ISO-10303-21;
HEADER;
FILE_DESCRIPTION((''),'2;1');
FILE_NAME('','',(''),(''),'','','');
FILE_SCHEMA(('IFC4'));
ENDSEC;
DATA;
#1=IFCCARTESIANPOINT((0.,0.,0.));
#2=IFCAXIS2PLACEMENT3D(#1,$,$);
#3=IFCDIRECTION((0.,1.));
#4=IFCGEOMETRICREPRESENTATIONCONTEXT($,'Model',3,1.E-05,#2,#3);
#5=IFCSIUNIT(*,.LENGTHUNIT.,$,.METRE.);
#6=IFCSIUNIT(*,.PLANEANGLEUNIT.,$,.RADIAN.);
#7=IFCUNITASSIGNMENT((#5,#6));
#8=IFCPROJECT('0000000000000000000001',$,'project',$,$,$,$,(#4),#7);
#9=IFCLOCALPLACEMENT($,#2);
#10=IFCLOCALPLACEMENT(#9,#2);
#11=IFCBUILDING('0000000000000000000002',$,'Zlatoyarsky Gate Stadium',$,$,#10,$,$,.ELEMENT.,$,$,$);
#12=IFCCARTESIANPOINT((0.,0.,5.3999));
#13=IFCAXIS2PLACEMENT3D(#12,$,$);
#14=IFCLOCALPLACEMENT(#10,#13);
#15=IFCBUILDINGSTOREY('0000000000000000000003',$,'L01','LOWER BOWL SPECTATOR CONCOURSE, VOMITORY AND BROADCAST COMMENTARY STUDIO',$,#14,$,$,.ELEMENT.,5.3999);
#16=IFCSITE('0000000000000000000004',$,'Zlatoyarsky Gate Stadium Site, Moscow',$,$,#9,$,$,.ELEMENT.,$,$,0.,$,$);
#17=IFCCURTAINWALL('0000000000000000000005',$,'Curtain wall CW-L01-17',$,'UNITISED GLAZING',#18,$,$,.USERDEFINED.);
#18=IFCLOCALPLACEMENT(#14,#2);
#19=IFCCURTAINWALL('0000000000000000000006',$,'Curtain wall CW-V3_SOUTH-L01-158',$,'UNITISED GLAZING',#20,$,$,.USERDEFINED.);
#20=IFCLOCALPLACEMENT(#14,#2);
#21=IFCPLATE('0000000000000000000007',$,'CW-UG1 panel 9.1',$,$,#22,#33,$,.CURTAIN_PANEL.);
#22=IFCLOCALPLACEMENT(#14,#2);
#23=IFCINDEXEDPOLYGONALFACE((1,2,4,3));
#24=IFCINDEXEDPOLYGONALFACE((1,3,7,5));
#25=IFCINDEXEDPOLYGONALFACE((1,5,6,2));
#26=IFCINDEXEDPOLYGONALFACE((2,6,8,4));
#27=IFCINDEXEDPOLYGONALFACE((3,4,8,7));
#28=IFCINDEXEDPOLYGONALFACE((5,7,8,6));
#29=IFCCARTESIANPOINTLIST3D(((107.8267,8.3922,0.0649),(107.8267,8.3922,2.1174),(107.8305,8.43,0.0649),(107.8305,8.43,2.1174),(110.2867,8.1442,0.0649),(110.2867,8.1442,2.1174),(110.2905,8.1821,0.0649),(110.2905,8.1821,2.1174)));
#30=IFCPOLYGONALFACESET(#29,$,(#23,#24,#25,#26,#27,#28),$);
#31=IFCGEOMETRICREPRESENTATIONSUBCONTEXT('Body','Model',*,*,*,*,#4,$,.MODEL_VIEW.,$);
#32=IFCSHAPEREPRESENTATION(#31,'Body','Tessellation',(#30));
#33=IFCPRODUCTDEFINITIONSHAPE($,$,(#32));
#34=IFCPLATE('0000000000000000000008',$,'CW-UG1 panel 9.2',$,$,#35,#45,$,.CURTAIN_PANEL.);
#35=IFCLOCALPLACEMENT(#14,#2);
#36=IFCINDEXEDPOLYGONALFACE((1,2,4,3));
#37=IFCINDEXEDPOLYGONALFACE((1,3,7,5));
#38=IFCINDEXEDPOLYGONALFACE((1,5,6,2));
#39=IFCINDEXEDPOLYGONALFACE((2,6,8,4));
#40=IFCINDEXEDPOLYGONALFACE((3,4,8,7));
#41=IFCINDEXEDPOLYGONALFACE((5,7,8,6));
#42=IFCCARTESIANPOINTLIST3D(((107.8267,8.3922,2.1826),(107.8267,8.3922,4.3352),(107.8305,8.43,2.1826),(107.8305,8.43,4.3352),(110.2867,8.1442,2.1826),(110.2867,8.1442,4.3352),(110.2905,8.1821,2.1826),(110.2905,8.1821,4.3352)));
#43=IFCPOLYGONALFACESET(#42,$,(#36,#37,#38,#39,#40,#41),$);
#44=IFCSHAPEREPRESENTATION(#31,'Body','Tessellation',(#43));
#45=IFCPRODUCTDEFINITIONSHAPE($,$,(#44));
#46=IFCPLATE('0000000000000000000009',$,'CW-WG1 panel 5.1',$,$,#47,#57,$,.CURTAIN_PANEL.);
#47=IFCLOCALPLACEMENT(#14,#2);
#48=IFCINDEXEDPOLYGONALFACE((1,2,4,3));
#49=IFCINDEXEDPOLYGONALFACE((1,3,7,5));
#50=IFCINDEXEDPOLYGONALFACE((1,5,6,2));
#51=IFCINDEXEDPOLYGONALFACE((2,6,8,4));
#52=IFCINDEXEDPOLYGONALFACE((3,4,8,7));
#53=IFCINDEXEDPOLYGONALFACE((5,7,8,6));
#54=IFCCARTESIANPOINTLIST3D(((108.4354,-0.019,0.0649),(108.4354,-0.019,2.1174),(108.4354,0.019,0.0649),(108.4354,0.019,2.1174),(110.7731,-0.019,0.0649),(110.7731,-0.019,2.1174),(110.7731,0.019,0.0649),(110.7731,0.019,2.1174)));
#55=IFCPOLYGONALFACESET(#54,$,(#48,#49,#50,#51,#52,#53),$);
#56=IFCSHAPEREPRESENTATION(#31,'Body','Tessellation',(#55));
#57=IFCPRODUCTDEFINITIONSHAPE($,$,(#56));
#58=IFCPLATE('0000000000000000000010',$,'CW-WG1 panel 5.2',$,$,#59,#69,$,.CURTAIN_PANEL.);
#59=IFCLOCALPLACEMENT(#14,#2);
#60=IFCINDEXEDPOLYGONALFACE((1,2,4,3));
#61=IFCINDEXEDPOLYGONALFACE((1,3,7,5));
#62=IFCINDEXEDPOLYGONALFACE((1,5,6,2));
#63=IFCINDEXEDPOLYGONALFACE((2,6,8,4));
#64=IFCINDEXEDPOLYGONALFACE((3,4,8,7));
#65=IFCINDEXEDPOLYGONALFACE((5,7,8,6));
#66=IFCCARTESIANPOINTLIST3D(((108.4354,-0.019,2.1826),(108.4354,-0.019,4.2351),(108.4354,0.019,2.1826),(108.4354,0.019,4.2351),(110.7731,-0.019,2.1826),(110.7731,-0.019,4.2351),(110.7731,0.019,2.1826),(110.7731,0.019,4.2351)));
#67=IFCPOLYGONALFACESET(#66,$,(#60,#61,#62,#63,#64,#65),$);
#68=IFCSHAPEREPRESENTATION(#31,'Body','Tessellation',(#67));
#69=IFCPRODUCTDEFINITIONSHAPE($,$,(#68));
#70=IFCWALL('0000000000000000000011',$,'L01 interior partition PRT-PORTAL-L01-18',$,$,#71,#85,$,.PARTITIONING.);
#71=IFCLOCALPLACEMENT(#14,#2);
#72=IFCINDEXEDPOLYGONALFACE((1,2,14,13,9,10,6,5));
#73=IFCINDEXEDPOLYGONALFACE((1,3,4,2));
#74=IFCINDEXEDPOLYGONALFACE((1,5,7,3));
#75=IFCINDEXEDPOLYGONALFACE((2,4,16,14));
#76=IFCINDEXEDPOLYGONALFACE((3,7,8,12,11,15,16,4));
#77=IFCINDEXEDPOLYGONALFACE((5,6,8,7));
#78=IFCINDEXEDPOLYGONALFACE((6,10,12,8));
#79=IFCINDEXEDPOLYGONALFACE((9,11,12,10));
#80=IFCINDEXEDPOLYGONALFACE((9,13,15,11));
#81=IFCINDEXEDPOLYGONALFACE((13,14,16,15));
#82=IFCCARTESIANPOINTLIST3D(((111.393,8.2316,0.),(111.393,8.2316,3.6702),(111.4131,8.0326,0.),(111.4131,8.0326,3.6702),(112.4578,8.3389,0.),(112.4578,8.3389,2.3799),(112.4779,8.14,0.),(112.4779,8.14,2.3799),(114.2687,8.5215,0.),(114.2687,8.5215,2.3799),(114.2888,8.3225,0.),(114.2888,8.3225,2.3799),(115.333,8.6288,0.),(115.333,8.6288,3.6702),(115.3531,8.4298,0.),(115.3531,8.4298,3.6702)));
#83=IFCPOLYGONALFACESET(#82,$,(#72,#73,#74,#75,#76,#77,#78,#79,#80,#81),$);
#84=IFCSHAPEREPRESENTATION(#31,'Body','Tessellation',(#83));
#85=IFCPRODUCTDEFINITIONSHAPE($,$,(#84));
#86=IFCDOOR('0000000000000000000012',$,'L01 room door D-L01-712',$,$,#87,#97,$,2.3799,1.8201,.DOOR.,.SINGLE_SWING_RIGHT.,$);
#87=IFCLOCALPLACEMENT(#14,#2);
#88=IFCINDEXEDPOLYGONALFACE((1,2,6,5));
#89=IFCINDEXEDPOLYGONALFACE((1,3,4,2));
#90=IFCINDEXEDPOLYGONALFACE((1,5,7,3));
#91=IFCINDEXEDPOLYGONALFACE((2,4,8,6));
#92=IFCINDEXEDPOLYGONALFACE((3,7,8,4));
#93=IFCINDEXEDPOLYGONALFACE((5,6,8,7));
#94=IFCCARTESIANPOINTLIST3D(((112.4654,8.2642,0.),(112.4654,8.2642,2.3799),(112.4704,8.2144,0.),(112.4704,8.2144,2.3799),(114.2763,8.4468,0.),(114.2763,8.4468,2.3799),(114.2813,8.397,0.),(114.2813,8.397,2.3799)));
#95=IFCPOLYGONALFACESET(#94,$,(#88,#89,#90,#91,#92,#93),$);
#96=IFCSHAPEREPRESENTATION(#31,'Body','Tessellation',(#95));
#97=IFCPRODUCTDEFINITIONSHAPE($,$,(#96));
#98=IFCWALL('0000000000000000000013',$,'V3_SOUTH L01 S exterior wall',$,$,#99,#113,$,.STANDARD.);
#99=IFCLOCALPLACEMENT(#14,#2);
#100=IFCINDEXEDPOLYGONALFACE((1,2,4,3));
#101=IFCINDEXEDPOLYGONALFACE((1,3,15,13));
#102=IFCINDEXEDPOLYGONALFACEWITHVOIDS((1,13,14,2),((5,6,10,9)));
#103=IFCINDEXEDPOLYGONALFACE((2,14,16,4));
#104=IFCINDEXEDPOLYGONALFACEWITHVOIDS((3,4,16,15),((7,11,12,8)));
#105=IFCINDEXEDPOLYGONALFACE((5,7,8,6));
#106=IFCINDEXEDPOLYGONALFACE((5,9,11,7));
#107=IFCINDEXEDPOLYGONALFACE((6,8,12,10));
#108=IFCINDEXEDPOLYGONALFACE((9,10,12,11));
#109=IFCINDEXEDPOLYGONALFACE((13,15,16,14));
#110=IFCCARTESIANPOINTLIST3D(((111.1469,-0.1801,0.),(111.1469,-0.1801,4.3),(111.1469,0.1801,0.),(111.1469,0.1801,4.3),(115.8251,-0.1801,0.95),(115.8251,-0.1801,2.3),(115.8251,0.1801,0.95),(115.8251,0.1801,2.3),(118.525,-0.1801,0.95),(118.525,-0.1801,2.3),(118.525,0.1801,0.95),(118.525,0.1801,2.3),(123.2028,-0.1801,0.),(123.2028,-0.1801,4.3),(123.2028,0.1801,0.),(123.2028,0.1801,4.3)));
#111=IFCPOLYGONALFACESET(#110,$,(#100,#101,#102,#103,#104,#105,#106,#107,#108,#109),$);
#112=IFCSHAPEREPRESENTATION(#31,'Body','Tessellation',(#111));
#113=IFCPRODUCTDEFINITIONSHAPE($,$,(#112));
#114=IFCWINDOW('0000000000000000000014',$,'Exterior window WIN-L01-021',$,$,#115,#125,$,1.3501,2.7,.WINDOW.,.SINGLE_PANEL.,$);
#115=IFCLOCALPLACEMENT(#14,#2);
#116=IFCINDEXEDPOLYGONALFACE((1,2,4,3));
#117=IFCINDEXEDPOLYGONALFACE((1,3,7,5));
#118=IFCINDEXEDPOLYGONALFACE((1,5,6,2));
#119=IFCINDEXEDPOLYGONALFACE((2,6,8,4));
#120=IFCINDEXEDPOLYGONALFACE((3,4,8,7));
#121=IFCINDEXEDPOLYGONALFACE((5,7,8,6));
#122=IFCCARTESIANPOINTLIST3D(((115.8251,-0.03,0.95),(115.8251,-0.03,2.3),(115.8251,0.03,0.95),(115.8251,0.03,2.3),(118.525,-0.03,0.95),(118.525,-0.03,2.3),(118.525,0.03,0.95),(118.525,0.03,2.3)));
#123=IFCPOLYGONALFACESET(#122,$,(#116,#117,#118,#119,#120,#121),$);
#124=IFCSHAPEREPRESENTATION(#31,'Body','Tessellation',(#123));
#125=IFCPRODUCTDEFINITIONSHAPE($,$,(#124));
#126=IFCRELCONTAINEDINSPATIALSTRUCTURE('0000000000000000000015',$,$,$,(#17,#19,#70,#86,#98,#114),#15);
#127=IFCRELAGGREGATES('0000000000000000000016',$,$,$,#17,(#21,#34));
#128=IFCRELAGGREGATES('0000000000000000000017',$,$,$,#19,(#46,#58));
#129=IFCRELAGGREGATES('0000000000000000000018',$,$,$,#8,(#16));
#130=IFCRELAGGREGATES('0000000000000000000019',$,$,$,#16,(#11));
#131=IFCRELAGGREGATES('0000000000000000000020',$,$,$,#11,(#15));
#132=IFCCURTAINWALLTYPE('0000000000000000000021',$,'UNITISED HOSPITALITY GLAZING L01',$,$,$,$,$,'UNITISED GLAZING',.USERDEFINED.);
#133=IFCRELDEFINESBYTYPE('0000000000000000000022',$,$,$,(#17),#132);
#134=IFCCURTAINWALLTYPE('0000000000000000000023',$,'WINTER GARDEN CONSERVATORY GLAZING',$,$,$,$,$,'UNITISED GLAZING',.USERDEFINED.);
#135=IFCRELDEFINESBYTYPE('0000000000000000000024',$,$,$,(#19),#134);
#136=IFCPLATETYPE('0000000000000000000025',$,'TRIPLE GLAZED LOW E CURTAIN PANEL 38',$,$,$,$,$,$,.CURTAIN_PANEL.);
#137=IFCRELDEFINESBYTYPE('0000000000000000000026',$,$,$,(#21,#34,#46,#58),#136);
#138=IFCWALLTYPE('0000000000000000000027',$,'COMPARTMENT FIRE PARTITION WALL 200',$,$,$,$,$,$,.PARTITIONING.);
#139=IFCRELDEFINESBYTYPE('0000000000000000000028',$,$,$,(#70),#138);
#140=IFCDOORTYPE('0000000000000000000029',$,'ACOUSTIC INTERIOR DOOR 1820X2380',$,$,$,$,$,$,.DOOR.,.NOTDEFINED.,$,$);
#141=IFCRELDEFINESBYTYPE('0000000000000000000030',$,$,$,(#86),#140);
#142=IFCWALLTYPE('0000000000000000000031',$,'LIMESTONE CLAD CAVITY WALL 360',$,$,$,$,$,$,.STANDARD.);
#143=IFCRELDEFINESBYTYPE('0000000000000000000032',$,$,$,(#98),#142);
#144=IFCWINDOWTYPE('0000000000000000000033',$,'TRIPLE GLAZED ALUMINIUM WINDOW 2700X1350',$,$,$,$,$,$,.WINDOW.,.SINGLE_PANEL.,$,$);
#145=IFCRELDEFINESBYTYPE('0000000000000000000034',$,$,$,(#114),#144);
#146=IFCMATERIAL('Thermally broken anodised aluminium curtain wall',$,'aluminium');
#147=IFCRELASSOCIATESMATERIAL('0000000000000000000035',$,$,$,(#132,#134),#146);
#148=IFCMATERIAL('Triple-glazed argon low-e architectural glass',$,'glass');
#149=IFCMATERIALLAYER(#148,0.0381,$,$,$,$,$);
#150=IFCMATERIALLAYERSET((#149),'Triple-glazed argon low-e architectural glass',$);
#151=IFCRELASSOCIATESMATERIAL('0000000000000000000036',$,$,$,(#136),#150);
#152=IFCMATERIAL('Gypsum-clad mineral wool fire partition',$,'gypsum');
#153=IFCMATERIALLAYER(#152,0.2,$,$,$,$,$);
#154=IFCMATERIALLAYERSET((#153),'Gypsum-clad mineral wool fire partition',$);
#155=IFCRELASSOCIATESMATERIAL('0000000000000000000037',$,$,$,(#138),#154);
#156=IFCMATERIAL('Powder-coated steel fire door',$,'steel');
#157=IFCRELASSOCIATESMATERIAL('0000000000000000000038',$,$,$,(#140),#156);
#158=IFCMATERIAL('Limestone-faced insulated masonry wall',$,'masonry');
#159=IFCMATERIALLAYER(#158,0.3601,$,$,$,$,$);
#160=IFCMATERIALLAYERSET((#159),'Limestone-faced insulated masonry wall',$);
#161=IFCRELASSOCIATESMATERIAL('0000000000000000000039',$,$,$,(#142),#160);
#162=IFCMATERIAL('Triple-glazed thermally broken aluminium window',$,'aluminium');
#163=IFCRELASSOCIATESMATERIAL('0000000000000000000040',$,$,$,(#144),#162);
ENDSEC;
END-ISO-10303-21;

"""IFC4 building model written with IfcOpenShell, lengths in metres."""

from ifc_helpers import new_model, si_unit, direction, frame, frame_2d, origin, origin_2d, place, context, subcontext, project, spatial, rectangle, extrude, material, layer, layer_set, type_object, element, fill, aggregate, save


model = new_model("IFC4")

# Units and contexts
model_context = context("Model", 3, precision=1e-05, world=origin(), true_north=direction((0.0, 1.0)))
body_context = subcontext(model_context, "Body", "Model", "MODEL_VIEW")
ifc_project = project(units=[si_unit("LENGTHUNIT", "METRE"), si_unit("PLANEANGLEUNIT", "RADIAN")], contexts=[model_context])

# Site, building, storey
site_placement = place(None, origin())
site = spatial("IfcSite", under=ifc_project, at=site_placement, Name="Zlatoyarsky Gate Stadium Site, Moscow", CompositionType="ELEMENT", RefElevation=0.0)
building_placement = place(site_placement, origin())
building = spatial("IfcBuilding", under=site, at=building_placement, Name="Zlatoyarsky Gate Stadium", CompositionType="ELEMENT")
storey_placement = place(building_placement, frame((0.0, 0.0, 5.3999)))
storey = spatial("IfcBuildingStorey", under=building, at=storey_placement, Name="L01", Description="LOWER BOWL SPECTATOR CONCOURSE, VOMITORY AND BROADCAST COMMENTARY STUDIO", CompositionType="ELEMENT", Elevation=5.3999)

# Curtain walls
ifc_material_1 = material(Name="Thermally broken anodised aluminium curtain wall", Category="aluminium")
curtain_wall_type_1 = type_object("IfcCurtainWallType", Name="UNITISED HOSPITALITY GLAZING L01", ElementType="UNITISED GLAZING", PredefinedType="USERDEFINED", material=ifc_material_1)
curtain_wall_1_placement = place(storey_placement, origin())
curtain_wall_1 = element("IfcCurtainWall", 1, at=curtain_wall_1_placement, inside=storey, type_object=curtain_wall_type_1, Name="Curtain wall CW-L01-17", ObjectType="UNITISED GLAZING", PredefinedType="USERDEFINED")
curtain_wall_type_2 = type_object("IfcCurtainWallType", Name="WINTER GARDEN CONSERVATORY GLAZING", ElementType="UNITISED GLAZING", PredefinedType="USERDEFINED", material=ifc_material_1)
curtain_wall_2_placement = place(storey_placement, origin())
curtain_wall_2 = element("IfcCurtainWall", 2, at=curtain_wall_2_placement, inside=storey, type_object=curtain_wall_type_2, Name="Curtain wall CW-V3_SOUTH-L01-158", ObjectType="UNITISED GLAZING", PredefinedType="USERDEFINED")

# Plates
ifc_material_2 = material(Name="Triple-glazed argon low-e architectural glass", Category="glass")
ifc_layer_1 = layer(ifc_material_2, 0.0381)
ifc_layer_set_1 = layer_set([ifc_layer_1], Name="Triple-glazed argon low-e architectural glass")
plate_type_1 = type_object("IfcPlateType", Name="TRIPLE GLAZED LOW E CURTAIN PANEL 38", PredefinedType="CURTAIN_PANEL", material=ifc_layer_set_1)
plate_1_placement = place(storey_placement, frame((109.0586, 8.2871, 0.0649), z_axis=(0.0, 0.0, 1.0), x_axis=(0.994957, -0.1003, 0.0)))
plate_1 = element("IfcPlate", 3, at=plate_1_placement, type_object=plate_type_1, Name="CW-UG1 panel 9.1", PredefinedType="CURTAIN_PANEL", context=body_context, shape_type="SweptSolid", body=[
    extrude(rectangle(XDim=2.4724, YDim=0.0381, at=origin_2d()), origin(), (0.0, 0.0, 1.0), 2.0525),
])
plate_2_placement = place(storey_placement, frame((109.0586, 8.2871, 2.1826), z_axis=(0.0, 0.0, 1.0), x_axis=(0.994957, -0.1003, 0.0)))
plate_2 = element("IfcPlate", 4, at=plate_2_placement, type_object=plate_type_1, Name="CW-UG1 panel 9.2", PredefinedType="CURTAIN_PANEL", context=body_context, shape_type="SweptSolid", body=[
    extrude(rectangle(XDim=2.4724, YDim=0.0381, at=origin_2d()), origin(), (0.0, 0.0, 1.0), 2.1526),
])
aggregate(curtain_wall_1, [plate_1, plate_2])
plate_3_placement = place(storey_placement, frame((109.6042, 0.0, 0.0649), z_axis=(0.0, 0.0, 1.0), x_axis=(1.0, 0.0, 0.0)))
plate_3 = element("IfcPlate", 5, at=plate_3_placement, type_object=plate_type_1, Name="CW-WG1 panel 5.1", PredefinedType="CURTAIN_PANEL", context=body_context, shape_type="SweptSolid", body=[
    extrude(rectangle(XDim=2.3376, YDim=0.0381, at=origin_2d()), origin(), (0.0, 0.0, 1.0), 2.0525),
])
plate_4_placement = place(storey_placement, frame((109.6042, 0.0, 2.1826), z_axis=(0.0, 0.0, 1.0), x_axis=(1.0, 0.0, 0.0)))
plate_4 = element("IfcPlate", 6, at=plate_4_placement, type_object=plate_type_1, Name="CW-WG1 panel 5.2", PredefinedType="CURTAIN_PANEL", context=body_context, shape_type="SweptSolid", body=[
    extrude(rectangle(XDim=2.3376, YDim=0.0381, at=origin_2d()), origin(), (0.0, 0.0, 1.0), 2.0525),
])
aggregate(curtain_wall_2, [plate_3, plate_4])

# Wall, opening, door
ifc_material_3 = material(Name="Gypsum-clad mineral wool fire partition", Category="gypsum")
ifc_layer_2 = layer(ifc_material_3, 0.2)
ifc_layer_set_2 = layer_set([ifc_layer_2], Name="Gypsum-clad mineral wool fire partition")
wall_type_1 = type_object("IfcWallType", Name="COMPARTMENT FIRE PARTITION WALL 200", PredefinedType="PARTITIONING", material=ifc_layer_set_2)
wall_1_placement = place(storey_placement, frame((111.4031, 8.1321, 0.0), z_axis=(0.0, 0.0, 1.0), x_axis=(0.994956, 0.100309, 0.0)))
wall_1 = element("IfcWall", 7, at=wall_1_placement, inside=storey, type_object=wall_type_1, Name="L01 interior partition PRT-PORTAL-L01-18", PredefinedType="PARTITIONING", context=body_context, shape_type="SweptSolid", body=[
    extrude(rectangle(XDim=3.96, YDim=0.2, at=frame_2d((1.98, 0.0))), origin(), (0.0, 0.0, 1.0), 3.6702),
])
opening_1_placement = place(wall_1_placement, frame((1.0701, 0.0, 0.0)))
opening_1 = element("IfcOpeningElement", 8, at=opening_1_placement, cuts=wall_1, PredefinedType="OPENING", context=body_context, shape_type="SweptSolid", body=[
    extrude(rectangle(XDim=1.8201, YDim=2.3799, at=frame_2d((0.9102, 1.1899))), frame((0.0, 0.1099, 0.0), z_axis=(0.0, -1.0, 0.0), x_axis=(1.0, 0.0, 0.0)), (0.0, 0.0, 1.0), 0.22),
])
ifc_material_4 = material(Name="Powder-coated steel fire door", Category="steel")
door_type = type_object("IfcDoorType", Name="ACOUSTIC INTERIOR DOOR 1820X2380", OperationType="NOTDEFINED", PredefinedType="DOOR", material=ifc_material_4)
door_placement = place(opening_1_placement, origin())
door = element("IfcDoor", 9, at=door_placement, inside=storey, type_object=door_type, Name="L01 room door D-L01-712", OperationType="SINGLE_SWING_RIGHT", OverallHeight=2.3799, OverallWidth=1.8201, PredefinedType="DOOR", context=body_context, shape_type="SweptSolid", body=[
    extrude(rectangle(XDim=1.8201, YDim=2.3799, at=frame_2d((0.9102, 1.1899))), frame((0.0, 0.0249, 0.0), z_axis=(0.0, -1.0, 0.0), x_axis=(1.0, 0.0, 0.0)), (0.0, 0.0, 1.0), 0.05),
])
fill(opening_1, door)

# Wall, opening, window
ifc_material_5 = material(Name="Limestone-faced insulated masonry wall", Category="masonry")
ifc_layer_3 = layer(ifc_material_5, 0.3601)
ifc_layer_set_3 = layer_set([ifc_layer_3], Name="Limestone-faced insulated masonry wall")
wall_type_2 = type_object("IfcWallType", Name="LIMESTONE CLAD CAVITY WALL 360", PredefinedType="STANDARD", material=ifc_layer_set_3)
wall_2_placement = place(storey_placement, frame((111.147, 0.0, 0.0), z_axis=(0.0, 0.0, 1.0), x_axis=(1.0, 0.0, 0.0)))
wall_2 = element("IfcWall", 10, at=wall_2_placement, inside=storey, type_object=wall_type_2, Name="V3_SOUTH L01 S exterior wall", PredefinedType="STANDARD", context=body_context, shape_type="SweptSolid", body=[
    extrude(rectangle(XDim=12.0559, YDim=0.3601, at=frame_2d((6.0278, 0.0))), origin(), (0.0, 0.0, 1.0), 4.3),
])
opening_2_placement = place(wall_2_placement, frame((4.678, 0.0, 0.95)))
opening_2 = element("IfcOpeningElement", 11, at=opening_2_placement, cuts=wall_2, PredefinedType="OPENING", context=body_context, shape_type="SweptSolid", body=[
    extrude(rectangle(XDim=2.7, YDim=1.3501, at=frame_2d((1.3501, 0.675))), frame((0.0, 0.1899, 0.0), z_axis=(0.0, -1.0, 0.0), x_axis=(1.0, 0.0, 0.0)), (0.0, 0.0, 1.0), 0.3801),
])
ifc_material_6 = material(Name="Triple-glazed thermally broken aluminium window", Category="aluminium")
window_type = type_object("IfcWindowType", Name="TRIPLE GLAZED ALUMINIUM WINDOW 2700X1350", PartitioningType="SINGLE_PANEL", PredefinedType="WINDOW", material=ifc_material_6)
window_placement = place(opening_2_placement, origin())
window = element("IfcWindow", 12, at=window_placement, inside=storey, type_object=window_type, Name="Exterior window WIN-L01-021", OverallHeight=1.3501, OverallWidth=2.7, PartitioningType="SINGLE_PANEL", PredefinedType="WINDOW", context=body_context, shape_type="SweptSolid", body=[
    extrude(rectangle(XDim=2.7, YDim=1.3501, at=frame_2d((1.3501, 0.675))), frame((0.0, 0.03, 0.0), z_axis=(0.0, -1.0, 0.0), x_axis=(1.0, 0.0, 0.0)), (0.0, 0.0, 1.0), 0.0601),
])
fill(opening_2, window)

save(model, "model.ifc")
